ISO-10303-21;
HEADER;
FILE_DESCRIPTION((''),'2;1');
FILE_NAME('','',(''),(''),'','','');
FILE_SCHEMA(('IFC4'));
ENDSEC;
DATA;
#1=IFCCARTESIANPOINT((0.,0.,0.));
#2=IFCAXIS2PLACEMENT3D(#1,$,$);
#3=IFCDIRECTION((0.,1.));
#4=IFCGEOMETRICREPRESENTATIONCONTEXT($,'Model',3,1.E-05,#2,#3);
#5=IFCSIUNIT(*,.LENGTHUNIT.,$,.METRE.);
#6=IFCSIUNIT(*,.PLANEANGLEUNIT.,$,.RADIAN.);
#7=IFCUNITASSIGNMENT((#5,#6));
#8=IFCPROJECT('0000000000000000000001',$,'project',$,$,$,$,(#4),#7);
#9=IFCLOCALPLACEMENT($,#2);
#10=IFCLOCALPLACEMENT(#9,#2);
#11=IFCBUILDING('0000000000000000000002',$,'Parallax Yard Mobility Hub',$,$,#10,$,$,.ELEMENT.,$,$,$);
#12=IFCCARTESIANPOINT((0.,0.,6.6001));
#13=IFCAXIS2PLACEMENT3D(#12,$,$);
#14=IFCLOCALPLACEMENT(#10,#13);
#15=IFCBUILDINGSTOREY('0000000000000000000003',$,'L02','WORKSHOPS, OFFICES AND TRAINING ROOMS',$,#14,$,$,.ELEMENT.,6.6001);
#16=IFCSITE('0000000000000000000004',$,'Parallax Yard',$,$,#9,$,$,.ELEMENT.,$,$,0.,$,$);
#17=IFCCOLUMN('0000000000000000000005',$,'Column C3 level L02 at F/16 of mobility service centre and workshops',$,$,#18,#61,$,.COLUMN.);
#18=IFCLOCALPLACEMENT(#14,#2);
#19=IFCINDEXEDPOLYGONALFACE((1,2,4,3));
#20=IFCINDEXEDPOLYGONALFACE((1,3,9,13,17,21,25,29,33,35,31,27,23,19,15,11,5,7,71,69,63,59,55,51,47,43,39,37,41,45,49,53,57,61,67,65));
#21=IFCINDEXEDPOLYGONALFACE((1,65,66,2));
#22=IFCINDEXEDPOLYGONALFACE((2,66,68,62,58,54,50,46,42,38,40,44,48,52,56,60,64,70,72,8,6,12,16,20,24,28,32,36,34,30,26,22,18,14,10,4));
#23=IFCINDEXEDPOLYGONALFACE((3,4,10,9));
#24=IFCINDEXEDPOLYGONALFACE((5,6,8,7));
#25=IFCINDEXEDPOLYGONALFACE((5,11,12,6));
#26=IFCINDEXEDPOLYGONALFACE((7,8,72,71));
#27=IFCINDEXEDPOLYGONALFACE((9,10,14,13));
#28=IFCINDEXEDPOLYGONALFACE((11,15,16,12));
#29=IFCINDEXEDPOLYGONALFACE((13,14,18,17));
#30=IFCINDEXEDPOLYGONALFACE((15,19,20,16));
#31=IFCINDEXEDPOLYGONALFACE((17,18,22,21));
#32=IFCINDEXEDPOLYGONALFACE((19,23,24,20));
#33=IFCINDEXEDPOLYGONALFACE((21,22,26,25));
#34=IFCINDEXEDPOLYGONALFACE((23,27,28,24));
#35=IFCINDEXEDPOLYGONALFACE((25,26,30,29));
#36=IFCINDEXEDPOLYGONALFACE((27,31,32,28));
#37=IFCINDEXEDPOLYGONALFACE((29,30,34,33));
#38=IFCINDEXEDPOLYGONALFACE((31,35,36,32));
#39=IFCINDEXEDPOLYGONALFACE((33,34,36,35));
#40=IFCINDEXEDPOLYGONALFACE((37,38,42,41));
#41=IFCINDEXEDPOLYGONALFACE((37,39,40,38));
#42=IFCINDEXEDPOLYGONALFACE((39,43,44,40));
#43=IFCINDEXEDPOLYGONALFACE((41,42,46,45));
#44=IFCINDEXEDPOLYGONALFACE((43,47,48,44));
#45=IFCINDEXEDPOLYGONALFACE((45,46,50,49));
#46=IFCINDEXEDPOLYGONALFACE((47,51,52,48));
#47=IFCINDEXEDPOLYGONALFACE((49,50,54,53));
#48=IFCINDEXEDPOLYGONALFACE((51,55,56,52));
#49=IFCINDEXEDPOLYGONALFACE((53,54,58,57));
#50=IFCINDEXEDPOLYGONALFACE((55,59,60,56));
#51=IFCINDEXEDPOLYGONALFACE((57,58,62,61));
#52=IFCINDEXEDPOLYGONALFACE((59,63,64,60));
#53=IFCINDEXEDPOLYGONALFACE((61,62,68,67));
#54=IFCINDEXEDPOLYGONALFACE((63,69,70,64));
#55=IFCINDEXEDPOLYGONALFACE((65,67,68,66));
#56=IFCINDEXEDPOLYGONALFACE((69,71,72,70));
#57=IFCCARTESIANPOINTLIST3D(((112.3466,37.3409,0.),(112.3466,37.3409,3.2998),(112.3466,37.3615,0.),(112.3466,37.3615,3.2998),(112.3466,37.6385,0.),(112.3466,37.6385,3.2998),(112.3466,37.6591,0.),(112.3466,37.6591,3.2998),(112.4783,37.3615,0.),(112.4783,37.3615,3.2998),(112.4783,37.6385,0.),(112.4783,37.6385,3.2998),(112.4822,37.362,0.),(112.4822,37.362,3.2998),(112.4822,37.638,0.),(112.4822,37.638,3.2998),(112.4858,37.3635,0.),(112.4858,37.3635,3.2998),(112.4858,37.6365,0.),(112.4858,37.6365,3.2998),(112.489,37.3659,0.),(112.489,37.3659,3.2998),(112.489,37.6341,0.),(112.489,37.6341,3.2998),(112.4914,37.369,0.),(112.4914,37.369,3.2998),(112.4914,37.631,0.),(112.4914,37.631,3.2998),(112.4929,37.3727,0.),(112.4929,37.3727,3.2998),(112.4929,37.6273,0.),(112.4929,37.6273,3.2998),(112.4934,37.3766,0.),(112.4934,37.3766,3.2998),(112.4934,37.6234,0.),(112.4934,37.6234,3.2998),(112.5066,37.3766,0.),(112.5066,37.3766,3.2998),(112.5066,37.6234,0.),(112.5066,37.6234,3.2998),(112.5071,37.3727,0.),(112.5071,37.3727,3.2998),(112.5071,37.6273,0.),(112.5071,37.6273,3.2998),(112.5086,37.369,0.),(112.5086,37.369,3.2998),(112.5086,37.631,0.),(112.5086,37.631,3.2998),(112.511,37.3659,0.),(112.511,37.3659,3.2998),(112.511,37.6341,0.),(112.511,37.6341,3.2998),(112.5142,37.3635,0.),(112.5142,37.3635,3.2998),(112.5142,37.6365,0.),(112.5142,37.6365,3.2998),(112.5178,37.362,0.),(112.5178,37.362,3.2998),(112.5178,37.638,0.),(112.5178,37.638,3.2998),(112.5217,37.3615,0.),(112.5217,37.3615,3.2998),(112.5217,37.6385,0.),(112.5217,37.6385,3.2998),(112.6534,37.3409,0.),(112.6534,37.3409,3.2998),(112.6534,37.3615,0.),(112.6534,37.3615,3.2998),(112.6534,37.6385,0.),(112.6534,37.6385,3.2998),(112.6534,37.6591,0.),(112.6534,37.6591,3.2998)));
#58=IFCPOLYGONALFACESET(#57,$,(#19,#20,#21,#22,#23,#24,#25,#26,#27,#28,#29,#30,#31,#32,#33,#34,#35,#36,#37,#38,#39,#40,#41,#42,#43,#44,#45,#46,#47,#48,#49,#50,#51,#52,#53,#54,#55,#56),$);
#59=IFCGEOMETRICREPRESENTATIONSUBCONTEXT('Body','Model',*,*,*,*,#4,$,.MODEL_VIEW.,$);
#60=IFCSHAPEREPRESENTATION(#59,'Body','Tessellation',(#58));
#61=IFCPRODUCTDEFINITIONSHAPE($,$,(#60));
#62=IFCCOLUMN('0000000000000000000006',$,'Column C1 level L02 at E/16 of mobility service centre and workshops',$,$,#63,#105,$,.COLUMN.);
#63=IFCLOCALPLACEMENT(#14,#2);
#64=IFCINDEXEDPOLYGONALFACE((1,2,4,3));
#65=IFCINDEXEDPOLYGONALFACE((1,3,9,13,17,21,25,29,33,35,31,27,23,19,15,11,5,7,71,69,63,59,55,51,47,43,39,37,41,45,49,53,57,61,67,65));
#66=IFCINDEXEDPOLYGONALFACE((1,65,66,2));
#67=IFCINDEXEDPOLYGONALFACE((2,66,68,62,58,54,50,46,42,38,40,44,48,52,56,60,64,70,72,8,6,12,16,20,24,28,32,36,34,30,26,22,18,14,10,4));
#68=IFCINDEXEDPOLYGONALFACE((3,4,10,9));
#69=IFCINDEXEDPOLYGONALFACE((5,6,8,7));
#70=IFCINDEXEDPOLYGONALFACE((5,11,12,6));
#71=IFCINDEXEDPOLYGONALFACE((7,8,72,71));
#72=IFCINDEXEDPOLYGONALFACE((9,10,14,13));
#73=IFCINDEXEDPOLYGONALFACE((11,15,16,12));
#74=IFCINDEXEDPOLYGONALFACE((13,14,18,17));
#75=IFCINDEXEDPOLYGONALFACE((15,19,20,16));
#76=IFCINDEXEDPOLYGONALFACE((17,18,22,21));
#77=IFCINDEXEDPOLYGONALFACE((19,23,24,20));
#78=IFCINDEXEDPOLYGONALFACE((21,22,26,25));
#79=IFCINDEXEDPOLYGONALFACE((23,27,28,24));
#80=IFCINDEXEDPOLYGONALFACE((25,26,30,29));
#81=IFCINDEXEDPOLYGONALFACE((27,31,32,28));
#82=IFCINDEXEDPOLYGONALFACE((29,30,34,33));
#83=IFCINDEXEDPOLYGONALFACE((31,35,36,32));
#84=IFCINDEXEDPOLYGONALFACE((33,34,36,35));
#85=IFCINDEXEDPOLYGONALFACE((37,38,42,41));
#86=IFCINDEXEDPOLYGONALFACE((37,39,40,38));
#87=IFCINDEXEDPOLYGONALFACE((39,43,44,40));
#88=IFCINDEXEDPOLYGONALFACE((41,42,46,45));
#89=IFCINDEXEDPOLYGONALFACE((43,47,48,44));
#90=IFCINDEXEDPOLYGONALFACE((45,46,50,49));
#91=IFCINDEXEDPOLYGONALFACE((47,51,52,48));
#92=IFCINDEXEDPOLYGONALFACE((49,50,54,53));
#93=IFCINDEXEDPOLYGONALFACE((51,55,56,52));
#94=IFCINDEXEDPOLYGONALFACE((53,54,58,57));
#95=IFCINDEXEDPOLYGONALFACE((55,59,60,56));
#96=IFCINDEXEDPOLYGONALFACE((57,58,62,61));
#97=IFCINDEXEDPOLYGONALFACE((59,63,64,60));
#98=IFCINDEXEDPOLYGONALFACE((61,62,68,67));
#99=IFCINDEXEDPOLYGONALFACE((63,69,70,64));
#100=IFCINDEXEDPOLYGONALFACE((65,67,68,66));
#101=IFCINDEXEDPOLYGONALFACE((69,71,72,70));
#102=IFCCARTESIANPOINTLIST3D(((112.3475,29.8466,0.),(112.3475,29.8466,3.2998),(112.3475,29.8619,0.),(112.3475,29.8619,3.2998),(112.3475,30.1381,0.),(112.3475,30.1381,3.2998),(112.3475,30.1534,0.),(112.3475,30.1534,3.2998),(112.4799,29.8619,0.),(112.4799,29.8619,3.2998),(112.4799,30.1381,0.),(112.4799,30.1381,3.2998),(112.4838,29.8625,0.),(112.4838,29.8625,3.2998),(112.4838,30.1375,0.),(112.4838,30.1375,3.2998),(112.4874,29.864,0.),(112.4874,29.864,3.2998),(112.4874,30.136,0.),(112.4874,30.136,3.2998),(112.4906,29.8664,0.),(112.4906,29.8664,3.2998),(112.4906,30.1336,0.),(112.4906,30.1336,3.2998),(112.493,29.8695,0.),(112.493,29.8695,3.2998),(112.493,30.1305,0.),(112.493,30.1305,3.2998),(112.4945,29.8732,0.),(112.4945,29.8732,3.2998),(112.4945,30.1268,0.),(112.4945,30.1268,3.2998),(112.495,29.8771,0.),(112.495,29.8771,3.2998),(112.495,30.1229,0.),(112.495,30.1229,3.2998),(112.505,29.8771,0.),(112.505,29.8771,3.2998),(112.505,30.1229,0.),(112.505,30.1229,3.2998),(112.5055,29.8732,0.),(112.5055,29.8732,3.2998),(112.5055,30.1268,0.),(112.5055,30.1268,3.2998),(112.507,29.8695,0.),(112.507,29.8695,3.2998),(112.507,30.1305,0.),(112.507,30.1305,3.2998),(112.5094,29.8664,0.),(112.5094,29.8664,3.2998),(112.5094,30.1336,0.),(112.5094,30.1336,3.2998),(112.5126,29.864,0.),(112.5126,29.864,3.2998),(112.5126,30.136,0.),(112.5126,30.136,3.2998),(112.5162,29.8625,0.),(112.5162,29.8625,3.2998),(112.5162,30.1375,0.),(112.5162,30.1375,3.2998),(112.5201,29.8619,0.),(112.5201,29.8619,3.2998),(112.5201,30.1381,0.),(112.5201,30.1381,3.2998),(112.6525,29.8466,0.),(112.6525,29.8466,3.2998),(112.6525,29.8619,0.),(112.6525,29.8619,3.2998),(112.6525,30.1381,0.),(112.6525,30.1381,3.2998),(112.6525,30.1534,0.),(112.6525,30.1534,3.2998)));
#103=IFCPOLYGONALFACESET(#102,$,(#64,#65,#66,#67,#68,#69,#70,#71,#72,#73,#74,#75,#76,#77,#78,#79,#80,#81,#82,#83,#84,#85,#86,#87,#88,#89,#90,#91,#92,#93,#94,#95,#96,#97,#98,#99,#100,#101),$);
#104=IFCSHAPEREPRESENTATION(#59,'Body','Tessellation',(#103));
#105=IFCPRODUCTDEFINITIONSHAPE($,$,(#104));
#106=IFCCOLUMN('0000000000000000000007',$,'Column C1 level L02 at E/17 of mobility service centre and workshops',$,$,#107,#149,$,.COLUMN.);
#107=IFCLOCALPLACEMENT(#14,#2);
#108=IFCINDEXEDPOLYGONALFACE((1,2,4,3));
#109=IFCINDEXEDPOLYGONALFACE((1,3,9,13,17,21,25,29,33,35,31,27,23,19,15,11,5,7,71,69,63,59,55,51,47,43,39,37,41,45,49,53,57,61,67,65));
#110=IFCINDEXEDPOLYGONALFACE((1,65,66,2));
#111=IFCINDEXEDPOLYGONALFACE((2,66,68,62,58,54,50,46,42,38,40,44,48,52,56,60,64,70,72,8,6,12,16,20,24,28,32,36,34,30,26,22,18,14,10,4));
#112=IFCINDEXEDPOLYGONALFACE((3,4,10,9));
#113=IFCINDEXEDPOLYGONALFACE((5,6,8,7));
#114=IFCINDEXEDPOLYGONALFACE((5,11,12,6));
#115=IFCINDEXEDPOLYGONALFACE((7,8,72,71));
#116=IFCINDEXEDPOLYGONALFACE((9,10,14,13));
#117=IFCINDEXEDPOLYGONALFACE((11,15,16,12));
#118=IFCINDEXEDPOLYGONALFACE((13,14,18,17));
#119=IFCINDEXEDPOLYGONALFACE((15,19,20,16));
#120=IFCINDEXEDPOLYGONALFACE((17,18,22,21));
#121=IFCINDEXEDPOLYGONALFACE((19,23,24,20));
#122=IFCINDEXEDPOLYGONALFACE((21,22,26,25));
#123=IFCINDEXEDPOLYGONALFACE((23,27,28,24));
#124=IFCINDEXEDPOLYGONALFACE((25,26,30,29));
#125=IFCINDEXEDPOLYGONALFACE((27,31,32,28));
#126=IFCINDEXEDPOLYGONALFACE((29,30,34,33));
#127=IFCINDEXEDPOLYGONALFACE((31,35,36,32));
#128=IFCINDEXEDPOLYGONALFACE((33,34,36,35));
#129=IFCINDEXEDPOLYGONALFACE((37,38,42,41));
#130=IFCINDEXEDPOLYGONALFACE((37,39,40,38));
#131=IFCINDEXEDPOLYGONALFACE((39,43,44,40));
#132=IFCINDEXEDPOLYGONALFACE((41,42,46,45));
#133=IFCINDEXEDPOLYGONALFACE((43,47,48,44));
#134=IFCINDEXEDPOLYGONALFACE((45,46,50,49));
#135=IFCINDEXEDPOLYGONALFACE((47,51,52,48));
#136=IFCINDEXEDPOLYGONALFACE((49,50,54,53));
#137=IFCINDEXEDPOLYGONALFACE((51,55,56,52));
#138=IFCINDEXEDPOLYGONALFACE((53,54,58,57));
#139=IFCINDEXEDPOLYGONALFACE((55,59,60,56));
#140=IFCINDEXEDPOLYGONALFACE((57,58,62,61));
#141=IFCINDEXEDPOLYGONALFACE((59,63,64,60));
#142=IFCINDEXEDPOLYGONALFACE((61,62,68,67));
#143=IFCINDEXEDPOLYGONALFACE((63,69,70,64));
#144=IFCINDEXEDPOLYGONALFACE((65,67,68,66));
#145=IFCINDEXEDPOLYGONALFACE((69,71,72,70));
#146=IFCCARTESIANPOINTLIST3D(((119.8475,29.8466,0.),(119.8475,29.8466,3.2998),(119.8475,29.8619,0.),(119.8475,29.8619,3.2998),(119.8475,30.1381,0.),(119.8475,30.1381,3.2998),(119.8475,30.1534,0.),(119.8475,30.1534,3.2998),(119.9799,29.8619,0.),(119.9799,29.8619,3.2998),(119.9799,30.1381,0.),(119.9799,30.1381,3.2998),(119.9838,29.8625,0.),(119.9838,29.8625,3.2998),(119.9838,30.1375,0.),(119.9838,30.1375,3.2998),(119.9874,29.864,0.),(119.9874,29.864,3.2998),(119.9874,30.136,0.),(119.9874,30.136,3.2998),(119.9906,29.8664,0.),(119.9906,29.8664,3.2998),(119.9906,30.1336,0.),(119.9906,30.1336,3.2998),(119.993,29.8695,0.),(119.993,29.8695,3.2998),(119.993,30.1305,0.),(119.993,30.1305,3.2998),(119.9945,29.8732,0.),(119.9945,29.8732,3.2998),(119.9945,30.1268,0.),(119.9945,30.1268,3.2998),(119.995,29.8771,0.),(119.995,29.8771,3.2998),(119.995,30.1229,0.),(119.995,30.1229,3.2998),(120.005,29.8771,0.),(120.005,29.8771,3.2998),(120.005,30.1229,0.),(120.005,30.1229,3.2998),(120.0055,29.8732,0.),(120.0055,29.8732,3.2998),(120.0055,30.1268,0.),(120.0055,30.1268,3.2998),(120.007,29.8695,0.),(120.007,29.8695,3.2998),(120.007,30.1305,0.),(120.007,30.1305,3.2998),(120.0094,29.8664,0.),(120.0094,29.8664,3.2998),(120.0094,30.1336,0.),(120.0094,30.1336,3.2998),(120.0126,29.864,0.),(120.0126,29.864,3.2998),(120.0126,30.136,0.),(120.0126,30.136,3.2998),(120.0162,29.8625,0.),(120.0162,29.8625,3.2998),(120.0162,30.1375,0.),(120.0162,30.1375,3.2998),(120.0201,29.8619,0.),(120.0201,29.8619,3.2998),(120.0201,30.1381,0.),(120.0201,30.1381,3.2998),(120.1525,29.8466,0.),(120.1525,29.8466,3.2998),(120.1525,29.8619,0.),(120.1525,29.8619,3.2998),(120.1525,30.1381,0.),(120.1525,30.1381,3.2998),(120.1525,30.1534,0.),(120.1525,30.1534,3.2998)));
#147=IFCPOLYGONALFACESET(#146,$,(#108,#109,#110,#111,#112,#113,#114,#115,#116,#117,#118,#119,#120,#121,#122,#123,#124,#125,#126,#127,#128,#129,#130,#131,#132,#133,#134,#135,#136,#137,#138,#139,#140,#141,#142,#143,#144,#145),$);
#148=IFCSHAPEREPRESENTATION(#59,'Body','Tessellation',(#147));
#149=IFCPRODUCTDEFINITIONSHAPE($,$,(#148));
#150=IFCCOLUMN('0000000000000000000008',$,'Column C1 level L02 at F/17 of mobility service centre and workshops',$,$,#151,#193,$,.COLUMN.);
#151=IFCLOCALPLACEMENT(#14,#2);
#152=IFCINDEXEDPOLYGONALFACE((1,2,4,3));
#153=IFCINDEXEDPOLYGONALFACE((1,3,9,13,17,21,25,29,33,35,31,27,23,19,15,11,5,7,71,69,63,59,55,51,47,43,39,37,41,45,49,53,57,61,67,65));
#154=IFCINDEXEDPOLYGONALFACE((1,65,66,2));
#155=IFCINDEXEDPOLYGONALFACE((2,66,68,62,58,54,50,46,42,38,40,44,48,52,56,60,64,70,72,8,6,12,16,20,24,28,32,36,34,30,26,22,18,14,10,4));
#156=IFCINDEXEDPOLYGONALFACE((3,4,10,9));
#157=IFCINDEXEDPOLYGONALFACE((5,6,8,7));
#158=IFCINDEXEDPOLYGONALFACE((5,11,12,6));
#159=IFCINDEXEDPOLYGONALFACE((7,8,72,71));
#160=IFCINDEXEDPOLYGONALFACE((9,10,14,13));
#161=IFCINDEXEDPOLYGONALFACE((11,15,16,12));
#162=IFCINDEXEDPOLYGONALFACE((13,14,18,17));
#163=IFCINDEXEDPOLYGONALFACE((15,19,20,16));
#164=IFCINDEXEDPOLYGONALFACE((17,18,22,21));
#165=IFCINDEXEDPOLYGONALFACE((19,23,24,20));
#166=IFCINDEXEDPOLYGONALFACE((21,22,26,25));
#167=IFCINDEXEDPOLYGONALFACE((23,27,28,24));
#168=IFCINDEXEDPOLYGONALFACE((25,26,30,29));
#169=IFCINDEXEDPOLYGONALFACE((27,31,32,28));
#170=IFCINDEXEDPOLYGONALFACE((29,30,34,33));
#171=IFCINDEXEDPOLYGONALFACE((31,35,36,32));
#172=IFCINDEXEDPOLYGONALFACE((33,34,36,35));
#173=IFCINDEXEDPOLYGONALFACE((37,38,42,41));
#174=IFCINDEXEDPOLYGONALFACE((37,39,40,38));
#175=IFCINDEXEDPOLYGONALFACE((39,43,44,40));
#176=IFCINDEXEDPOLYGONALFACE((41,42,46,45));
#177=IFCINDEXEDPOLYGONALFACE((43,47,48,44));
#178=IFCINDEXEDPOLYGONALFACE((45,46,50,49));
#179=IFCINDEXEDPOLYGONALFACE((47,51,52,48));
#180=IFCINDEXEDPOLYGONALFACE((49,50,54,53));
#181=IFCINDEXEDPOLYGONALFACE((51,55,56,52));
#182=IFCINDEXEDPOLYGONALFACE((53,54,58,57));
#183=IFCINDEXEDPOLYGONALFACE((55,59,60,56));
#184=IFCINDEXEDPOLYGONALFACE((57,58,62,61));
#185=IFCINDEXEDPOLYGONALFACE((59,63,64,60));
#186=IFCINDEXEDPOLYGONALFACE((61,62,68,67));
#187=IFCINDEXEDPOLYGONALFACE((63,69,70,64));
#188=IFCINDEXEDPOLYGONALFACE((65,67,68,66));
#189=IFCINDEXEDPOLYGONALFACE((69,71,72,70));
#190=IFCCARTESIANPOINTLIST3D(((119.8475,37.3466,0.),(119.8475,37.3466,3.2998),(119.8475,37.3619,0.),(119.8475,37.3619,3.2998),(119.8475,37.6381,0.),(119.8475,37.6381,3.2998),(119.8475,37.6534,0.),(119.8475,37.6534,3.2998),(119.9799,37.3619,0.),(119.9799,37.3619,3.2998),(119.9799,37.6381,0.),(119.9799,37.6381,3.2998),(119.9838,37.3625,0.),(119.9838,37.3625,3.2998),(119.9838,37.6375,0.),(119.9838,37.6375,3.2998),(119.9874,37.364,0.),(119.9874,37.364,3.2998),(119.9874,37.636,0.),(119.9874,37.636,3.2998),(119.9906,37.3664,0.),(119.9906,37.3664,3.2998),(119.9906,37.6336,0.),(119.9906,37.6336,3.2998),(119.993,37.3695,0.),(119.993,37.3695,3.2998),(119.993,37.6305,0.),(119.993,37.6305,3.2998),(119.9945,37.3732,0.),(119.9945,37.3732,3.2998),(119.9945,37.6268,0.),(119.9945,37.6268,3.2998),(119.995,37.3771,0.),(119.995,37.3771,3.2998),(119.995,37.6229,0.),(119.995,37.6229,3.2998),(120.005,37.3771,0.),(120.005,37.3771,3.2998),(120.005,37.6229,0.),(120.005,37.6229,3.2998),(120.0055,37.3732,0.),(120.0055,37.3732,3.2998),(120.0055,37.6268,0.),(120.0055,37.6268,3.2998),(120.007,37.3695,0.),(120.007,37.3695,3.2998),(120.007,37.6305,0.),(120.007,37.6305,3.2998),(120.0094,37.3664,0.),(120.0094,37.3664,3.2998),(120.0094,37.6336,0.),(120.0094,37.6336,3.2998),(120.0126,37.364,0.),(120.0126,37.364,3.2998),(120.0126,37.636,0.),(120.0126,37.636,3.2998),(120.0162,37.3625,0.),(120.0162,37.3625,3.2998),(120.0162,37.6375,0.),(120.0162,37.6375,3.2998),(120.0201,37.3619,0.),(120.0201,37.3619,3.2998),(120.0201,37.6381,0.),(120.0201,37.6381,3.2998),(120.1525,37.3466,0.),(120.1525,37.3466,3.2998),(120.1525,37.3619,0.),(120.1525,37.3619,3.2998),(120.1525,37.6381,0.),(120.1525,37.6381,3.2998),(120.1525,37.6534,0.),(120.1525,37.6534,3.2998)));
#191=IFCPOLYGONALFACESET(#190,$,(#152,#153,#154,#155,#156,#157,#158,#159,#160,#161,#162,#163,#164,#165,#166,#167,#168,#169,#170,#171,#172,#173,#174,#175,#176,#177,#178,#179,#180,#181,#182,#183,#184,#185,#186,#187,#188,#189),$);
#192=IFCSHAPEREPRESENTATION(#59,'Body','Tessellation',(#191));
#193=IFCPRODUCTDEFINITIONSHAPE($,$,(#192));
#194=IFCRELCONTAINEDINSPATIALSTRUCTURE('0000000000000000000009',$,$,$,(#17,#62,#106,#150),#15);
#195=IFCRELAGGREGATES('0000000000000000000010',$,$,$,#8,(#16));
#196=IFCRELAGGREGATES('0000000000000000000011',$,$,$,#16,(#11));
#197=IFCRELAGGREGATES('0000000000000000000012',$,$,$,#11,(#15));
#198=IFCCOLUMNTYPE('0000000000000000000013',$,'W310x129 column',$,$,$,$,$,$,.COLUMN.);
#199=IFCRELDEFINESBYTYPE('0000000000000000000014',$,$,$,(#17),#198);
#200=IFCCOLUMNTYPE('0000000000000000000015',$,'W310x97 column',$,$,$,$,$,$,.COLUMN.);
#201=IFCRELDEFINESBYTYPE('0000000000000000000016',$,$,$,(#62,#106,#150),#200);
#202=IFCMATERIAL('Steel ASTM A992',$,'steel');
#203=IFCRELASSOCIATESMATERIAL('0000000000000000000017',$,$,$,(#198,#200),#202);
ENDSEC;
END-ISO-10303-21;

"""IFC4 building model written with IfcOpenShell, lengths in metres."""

from ifc_helpers import new_model, si_unit, direction, frame, origin, origin_2d, place, context, subcontext, project, spatial, i_section, extrude, material, material_profile, profile_set, type_object, element, save


model = new_model("IFC4")

# Units and contexts
model_context = context("Model", 3, precision=1e-05, world=origin(), true_north=direction((0.0, 1.0)))
body_context = subcontext(model_context, "Body", "Model", "MODEL_VIEW")
ifc_project = project(units=[si_unit("LENGTHUNIT", "METRE"), si_unit("PLANEANGLEUNIT", "RADIAN")], contexts=[model_context])

# Site, building, storey
site_placement = place(None, origin())
site = spatial("IfcSite", under=ifc_project, at=site_placement, Name="Parallax Yard", CompositionType="ELEMENT", RefElevation=0.0)
building_placement = place(site_placement, origin())
building = spatial("IfcBuilding", under=site, at=building_placement, Name="Parallax Yard Mobility Hub", CompositionType="ELEMENT")
storey_placement = place(building_placement, frame((0.0, 0.0, 6.6001)))
storey = spatial("IfcBuildingStorey", under=building, at=storey_placement, Name="L02", Description="WORKSHOPS, OFFICES AND TRAINING ROOMS", CompositionType="ELEMENT", Elevation=6.6001)

# Columns
ifc_material_1 = material(Name="Steel ASTM A992", Category="steel")
ifc_material_profile_1 = material_profile(ifc_material_1, i_section(OverallWidth=0.3069, OverallDepth=0.3181, WebThickness=0.0132, FlangeThickness=0.0205, FilletRadius=0.0151, at=origin_2d()), Name="W310x129")
ifc_profile_set_1 = profile_set([ifc_material_profile_1], Name="Steel ASTM A992")
column_type_1 = type_object("IfcColumnType", Name="W310x129 column", PredefinedType="COLUMN", material=ifc_profile_set_1)
column_placement = place(storey_placement, frame((112.5, 37.5, 0.0), z_axis=(0.0, 0.0, 1.0), x_axis=(1.0, 0.0, 0.0)))
element("IfcColumn", 1, at=column_placement, inside=storey, type_object=column_type_1, Name="Column C3 level L02 at F/16 of mobility service centre and workshops", PredefinedType="COLUMN", context=body_context, shape_type="SweptSolid", body=[
    extrude(i_section(OverallWidth=0.3069, OverallDepth=0.3181, WebThickness=0.0132, FlangeThickness=0.0205, FilletRadius=0.0151, at=origin_2d()), origin(), (0.0, 0.0, 1.0), 3.2998),
])
ifc_material_profile_2 = material_profile(ifc_material_1, i_section(OverallWidth=0.3049, OverallDepth=0.3069, WebThickness=0.01, FlangeThickness=0.0154, FilletRadius=0.0151, at=origin_2d()), Name="W310x97")
ifc_profile_set_2 = profile_set([ifc_material_profile_2], Name="Steel ASTM A992")
column_type_2 = type_object("IfcColumnType", Name="W310x97 column", PredefinedType="COLUMN", material=ifc_profile_set_2)
for number, where, z_axis, x_axis, name in (
    (2, (112.5, 30.0, 0.0), (0.0, 0.0, 1.0), (1.0, 0.0, 0.0), "Column C1 level L02 at E/16 of mobility service centre and workshops"),
    (3, (120.0, 30.0, 0.0), (0.0, 0.0, 1.0), (1.0, 0.0, 0.0), "Column C1 level L02 at E/17 of mobility service centre and workshops"),
    (4, (120.0, 37.5, 0.0), (0.0, 0.0, 1.0), (1.0, 0.0, 0.0), "Column C1 level L02 at F/17 of mobility service centre and workshops"),
):
    element("IfcColumn", number, at=place(storey_placement, frame(where, z_axis=z_axis, x_axis=x_axis)), inside=storey, type_object=column_type_2, Name=name, PredefinedType="COLUMN", context=body_context, shape_type="SweptSolid", body=[
        extrude(i_section(OverallWidth=0.3049, OverallDepth=0.3069, WebThickness=0.01, FlangeThickness=0.0154, FilletRadius=0.0151, at=origin_2d()), origin(), (0.0, 0.0, 1.0), 3.2998),
    ])

save(model, "model.ifc")
